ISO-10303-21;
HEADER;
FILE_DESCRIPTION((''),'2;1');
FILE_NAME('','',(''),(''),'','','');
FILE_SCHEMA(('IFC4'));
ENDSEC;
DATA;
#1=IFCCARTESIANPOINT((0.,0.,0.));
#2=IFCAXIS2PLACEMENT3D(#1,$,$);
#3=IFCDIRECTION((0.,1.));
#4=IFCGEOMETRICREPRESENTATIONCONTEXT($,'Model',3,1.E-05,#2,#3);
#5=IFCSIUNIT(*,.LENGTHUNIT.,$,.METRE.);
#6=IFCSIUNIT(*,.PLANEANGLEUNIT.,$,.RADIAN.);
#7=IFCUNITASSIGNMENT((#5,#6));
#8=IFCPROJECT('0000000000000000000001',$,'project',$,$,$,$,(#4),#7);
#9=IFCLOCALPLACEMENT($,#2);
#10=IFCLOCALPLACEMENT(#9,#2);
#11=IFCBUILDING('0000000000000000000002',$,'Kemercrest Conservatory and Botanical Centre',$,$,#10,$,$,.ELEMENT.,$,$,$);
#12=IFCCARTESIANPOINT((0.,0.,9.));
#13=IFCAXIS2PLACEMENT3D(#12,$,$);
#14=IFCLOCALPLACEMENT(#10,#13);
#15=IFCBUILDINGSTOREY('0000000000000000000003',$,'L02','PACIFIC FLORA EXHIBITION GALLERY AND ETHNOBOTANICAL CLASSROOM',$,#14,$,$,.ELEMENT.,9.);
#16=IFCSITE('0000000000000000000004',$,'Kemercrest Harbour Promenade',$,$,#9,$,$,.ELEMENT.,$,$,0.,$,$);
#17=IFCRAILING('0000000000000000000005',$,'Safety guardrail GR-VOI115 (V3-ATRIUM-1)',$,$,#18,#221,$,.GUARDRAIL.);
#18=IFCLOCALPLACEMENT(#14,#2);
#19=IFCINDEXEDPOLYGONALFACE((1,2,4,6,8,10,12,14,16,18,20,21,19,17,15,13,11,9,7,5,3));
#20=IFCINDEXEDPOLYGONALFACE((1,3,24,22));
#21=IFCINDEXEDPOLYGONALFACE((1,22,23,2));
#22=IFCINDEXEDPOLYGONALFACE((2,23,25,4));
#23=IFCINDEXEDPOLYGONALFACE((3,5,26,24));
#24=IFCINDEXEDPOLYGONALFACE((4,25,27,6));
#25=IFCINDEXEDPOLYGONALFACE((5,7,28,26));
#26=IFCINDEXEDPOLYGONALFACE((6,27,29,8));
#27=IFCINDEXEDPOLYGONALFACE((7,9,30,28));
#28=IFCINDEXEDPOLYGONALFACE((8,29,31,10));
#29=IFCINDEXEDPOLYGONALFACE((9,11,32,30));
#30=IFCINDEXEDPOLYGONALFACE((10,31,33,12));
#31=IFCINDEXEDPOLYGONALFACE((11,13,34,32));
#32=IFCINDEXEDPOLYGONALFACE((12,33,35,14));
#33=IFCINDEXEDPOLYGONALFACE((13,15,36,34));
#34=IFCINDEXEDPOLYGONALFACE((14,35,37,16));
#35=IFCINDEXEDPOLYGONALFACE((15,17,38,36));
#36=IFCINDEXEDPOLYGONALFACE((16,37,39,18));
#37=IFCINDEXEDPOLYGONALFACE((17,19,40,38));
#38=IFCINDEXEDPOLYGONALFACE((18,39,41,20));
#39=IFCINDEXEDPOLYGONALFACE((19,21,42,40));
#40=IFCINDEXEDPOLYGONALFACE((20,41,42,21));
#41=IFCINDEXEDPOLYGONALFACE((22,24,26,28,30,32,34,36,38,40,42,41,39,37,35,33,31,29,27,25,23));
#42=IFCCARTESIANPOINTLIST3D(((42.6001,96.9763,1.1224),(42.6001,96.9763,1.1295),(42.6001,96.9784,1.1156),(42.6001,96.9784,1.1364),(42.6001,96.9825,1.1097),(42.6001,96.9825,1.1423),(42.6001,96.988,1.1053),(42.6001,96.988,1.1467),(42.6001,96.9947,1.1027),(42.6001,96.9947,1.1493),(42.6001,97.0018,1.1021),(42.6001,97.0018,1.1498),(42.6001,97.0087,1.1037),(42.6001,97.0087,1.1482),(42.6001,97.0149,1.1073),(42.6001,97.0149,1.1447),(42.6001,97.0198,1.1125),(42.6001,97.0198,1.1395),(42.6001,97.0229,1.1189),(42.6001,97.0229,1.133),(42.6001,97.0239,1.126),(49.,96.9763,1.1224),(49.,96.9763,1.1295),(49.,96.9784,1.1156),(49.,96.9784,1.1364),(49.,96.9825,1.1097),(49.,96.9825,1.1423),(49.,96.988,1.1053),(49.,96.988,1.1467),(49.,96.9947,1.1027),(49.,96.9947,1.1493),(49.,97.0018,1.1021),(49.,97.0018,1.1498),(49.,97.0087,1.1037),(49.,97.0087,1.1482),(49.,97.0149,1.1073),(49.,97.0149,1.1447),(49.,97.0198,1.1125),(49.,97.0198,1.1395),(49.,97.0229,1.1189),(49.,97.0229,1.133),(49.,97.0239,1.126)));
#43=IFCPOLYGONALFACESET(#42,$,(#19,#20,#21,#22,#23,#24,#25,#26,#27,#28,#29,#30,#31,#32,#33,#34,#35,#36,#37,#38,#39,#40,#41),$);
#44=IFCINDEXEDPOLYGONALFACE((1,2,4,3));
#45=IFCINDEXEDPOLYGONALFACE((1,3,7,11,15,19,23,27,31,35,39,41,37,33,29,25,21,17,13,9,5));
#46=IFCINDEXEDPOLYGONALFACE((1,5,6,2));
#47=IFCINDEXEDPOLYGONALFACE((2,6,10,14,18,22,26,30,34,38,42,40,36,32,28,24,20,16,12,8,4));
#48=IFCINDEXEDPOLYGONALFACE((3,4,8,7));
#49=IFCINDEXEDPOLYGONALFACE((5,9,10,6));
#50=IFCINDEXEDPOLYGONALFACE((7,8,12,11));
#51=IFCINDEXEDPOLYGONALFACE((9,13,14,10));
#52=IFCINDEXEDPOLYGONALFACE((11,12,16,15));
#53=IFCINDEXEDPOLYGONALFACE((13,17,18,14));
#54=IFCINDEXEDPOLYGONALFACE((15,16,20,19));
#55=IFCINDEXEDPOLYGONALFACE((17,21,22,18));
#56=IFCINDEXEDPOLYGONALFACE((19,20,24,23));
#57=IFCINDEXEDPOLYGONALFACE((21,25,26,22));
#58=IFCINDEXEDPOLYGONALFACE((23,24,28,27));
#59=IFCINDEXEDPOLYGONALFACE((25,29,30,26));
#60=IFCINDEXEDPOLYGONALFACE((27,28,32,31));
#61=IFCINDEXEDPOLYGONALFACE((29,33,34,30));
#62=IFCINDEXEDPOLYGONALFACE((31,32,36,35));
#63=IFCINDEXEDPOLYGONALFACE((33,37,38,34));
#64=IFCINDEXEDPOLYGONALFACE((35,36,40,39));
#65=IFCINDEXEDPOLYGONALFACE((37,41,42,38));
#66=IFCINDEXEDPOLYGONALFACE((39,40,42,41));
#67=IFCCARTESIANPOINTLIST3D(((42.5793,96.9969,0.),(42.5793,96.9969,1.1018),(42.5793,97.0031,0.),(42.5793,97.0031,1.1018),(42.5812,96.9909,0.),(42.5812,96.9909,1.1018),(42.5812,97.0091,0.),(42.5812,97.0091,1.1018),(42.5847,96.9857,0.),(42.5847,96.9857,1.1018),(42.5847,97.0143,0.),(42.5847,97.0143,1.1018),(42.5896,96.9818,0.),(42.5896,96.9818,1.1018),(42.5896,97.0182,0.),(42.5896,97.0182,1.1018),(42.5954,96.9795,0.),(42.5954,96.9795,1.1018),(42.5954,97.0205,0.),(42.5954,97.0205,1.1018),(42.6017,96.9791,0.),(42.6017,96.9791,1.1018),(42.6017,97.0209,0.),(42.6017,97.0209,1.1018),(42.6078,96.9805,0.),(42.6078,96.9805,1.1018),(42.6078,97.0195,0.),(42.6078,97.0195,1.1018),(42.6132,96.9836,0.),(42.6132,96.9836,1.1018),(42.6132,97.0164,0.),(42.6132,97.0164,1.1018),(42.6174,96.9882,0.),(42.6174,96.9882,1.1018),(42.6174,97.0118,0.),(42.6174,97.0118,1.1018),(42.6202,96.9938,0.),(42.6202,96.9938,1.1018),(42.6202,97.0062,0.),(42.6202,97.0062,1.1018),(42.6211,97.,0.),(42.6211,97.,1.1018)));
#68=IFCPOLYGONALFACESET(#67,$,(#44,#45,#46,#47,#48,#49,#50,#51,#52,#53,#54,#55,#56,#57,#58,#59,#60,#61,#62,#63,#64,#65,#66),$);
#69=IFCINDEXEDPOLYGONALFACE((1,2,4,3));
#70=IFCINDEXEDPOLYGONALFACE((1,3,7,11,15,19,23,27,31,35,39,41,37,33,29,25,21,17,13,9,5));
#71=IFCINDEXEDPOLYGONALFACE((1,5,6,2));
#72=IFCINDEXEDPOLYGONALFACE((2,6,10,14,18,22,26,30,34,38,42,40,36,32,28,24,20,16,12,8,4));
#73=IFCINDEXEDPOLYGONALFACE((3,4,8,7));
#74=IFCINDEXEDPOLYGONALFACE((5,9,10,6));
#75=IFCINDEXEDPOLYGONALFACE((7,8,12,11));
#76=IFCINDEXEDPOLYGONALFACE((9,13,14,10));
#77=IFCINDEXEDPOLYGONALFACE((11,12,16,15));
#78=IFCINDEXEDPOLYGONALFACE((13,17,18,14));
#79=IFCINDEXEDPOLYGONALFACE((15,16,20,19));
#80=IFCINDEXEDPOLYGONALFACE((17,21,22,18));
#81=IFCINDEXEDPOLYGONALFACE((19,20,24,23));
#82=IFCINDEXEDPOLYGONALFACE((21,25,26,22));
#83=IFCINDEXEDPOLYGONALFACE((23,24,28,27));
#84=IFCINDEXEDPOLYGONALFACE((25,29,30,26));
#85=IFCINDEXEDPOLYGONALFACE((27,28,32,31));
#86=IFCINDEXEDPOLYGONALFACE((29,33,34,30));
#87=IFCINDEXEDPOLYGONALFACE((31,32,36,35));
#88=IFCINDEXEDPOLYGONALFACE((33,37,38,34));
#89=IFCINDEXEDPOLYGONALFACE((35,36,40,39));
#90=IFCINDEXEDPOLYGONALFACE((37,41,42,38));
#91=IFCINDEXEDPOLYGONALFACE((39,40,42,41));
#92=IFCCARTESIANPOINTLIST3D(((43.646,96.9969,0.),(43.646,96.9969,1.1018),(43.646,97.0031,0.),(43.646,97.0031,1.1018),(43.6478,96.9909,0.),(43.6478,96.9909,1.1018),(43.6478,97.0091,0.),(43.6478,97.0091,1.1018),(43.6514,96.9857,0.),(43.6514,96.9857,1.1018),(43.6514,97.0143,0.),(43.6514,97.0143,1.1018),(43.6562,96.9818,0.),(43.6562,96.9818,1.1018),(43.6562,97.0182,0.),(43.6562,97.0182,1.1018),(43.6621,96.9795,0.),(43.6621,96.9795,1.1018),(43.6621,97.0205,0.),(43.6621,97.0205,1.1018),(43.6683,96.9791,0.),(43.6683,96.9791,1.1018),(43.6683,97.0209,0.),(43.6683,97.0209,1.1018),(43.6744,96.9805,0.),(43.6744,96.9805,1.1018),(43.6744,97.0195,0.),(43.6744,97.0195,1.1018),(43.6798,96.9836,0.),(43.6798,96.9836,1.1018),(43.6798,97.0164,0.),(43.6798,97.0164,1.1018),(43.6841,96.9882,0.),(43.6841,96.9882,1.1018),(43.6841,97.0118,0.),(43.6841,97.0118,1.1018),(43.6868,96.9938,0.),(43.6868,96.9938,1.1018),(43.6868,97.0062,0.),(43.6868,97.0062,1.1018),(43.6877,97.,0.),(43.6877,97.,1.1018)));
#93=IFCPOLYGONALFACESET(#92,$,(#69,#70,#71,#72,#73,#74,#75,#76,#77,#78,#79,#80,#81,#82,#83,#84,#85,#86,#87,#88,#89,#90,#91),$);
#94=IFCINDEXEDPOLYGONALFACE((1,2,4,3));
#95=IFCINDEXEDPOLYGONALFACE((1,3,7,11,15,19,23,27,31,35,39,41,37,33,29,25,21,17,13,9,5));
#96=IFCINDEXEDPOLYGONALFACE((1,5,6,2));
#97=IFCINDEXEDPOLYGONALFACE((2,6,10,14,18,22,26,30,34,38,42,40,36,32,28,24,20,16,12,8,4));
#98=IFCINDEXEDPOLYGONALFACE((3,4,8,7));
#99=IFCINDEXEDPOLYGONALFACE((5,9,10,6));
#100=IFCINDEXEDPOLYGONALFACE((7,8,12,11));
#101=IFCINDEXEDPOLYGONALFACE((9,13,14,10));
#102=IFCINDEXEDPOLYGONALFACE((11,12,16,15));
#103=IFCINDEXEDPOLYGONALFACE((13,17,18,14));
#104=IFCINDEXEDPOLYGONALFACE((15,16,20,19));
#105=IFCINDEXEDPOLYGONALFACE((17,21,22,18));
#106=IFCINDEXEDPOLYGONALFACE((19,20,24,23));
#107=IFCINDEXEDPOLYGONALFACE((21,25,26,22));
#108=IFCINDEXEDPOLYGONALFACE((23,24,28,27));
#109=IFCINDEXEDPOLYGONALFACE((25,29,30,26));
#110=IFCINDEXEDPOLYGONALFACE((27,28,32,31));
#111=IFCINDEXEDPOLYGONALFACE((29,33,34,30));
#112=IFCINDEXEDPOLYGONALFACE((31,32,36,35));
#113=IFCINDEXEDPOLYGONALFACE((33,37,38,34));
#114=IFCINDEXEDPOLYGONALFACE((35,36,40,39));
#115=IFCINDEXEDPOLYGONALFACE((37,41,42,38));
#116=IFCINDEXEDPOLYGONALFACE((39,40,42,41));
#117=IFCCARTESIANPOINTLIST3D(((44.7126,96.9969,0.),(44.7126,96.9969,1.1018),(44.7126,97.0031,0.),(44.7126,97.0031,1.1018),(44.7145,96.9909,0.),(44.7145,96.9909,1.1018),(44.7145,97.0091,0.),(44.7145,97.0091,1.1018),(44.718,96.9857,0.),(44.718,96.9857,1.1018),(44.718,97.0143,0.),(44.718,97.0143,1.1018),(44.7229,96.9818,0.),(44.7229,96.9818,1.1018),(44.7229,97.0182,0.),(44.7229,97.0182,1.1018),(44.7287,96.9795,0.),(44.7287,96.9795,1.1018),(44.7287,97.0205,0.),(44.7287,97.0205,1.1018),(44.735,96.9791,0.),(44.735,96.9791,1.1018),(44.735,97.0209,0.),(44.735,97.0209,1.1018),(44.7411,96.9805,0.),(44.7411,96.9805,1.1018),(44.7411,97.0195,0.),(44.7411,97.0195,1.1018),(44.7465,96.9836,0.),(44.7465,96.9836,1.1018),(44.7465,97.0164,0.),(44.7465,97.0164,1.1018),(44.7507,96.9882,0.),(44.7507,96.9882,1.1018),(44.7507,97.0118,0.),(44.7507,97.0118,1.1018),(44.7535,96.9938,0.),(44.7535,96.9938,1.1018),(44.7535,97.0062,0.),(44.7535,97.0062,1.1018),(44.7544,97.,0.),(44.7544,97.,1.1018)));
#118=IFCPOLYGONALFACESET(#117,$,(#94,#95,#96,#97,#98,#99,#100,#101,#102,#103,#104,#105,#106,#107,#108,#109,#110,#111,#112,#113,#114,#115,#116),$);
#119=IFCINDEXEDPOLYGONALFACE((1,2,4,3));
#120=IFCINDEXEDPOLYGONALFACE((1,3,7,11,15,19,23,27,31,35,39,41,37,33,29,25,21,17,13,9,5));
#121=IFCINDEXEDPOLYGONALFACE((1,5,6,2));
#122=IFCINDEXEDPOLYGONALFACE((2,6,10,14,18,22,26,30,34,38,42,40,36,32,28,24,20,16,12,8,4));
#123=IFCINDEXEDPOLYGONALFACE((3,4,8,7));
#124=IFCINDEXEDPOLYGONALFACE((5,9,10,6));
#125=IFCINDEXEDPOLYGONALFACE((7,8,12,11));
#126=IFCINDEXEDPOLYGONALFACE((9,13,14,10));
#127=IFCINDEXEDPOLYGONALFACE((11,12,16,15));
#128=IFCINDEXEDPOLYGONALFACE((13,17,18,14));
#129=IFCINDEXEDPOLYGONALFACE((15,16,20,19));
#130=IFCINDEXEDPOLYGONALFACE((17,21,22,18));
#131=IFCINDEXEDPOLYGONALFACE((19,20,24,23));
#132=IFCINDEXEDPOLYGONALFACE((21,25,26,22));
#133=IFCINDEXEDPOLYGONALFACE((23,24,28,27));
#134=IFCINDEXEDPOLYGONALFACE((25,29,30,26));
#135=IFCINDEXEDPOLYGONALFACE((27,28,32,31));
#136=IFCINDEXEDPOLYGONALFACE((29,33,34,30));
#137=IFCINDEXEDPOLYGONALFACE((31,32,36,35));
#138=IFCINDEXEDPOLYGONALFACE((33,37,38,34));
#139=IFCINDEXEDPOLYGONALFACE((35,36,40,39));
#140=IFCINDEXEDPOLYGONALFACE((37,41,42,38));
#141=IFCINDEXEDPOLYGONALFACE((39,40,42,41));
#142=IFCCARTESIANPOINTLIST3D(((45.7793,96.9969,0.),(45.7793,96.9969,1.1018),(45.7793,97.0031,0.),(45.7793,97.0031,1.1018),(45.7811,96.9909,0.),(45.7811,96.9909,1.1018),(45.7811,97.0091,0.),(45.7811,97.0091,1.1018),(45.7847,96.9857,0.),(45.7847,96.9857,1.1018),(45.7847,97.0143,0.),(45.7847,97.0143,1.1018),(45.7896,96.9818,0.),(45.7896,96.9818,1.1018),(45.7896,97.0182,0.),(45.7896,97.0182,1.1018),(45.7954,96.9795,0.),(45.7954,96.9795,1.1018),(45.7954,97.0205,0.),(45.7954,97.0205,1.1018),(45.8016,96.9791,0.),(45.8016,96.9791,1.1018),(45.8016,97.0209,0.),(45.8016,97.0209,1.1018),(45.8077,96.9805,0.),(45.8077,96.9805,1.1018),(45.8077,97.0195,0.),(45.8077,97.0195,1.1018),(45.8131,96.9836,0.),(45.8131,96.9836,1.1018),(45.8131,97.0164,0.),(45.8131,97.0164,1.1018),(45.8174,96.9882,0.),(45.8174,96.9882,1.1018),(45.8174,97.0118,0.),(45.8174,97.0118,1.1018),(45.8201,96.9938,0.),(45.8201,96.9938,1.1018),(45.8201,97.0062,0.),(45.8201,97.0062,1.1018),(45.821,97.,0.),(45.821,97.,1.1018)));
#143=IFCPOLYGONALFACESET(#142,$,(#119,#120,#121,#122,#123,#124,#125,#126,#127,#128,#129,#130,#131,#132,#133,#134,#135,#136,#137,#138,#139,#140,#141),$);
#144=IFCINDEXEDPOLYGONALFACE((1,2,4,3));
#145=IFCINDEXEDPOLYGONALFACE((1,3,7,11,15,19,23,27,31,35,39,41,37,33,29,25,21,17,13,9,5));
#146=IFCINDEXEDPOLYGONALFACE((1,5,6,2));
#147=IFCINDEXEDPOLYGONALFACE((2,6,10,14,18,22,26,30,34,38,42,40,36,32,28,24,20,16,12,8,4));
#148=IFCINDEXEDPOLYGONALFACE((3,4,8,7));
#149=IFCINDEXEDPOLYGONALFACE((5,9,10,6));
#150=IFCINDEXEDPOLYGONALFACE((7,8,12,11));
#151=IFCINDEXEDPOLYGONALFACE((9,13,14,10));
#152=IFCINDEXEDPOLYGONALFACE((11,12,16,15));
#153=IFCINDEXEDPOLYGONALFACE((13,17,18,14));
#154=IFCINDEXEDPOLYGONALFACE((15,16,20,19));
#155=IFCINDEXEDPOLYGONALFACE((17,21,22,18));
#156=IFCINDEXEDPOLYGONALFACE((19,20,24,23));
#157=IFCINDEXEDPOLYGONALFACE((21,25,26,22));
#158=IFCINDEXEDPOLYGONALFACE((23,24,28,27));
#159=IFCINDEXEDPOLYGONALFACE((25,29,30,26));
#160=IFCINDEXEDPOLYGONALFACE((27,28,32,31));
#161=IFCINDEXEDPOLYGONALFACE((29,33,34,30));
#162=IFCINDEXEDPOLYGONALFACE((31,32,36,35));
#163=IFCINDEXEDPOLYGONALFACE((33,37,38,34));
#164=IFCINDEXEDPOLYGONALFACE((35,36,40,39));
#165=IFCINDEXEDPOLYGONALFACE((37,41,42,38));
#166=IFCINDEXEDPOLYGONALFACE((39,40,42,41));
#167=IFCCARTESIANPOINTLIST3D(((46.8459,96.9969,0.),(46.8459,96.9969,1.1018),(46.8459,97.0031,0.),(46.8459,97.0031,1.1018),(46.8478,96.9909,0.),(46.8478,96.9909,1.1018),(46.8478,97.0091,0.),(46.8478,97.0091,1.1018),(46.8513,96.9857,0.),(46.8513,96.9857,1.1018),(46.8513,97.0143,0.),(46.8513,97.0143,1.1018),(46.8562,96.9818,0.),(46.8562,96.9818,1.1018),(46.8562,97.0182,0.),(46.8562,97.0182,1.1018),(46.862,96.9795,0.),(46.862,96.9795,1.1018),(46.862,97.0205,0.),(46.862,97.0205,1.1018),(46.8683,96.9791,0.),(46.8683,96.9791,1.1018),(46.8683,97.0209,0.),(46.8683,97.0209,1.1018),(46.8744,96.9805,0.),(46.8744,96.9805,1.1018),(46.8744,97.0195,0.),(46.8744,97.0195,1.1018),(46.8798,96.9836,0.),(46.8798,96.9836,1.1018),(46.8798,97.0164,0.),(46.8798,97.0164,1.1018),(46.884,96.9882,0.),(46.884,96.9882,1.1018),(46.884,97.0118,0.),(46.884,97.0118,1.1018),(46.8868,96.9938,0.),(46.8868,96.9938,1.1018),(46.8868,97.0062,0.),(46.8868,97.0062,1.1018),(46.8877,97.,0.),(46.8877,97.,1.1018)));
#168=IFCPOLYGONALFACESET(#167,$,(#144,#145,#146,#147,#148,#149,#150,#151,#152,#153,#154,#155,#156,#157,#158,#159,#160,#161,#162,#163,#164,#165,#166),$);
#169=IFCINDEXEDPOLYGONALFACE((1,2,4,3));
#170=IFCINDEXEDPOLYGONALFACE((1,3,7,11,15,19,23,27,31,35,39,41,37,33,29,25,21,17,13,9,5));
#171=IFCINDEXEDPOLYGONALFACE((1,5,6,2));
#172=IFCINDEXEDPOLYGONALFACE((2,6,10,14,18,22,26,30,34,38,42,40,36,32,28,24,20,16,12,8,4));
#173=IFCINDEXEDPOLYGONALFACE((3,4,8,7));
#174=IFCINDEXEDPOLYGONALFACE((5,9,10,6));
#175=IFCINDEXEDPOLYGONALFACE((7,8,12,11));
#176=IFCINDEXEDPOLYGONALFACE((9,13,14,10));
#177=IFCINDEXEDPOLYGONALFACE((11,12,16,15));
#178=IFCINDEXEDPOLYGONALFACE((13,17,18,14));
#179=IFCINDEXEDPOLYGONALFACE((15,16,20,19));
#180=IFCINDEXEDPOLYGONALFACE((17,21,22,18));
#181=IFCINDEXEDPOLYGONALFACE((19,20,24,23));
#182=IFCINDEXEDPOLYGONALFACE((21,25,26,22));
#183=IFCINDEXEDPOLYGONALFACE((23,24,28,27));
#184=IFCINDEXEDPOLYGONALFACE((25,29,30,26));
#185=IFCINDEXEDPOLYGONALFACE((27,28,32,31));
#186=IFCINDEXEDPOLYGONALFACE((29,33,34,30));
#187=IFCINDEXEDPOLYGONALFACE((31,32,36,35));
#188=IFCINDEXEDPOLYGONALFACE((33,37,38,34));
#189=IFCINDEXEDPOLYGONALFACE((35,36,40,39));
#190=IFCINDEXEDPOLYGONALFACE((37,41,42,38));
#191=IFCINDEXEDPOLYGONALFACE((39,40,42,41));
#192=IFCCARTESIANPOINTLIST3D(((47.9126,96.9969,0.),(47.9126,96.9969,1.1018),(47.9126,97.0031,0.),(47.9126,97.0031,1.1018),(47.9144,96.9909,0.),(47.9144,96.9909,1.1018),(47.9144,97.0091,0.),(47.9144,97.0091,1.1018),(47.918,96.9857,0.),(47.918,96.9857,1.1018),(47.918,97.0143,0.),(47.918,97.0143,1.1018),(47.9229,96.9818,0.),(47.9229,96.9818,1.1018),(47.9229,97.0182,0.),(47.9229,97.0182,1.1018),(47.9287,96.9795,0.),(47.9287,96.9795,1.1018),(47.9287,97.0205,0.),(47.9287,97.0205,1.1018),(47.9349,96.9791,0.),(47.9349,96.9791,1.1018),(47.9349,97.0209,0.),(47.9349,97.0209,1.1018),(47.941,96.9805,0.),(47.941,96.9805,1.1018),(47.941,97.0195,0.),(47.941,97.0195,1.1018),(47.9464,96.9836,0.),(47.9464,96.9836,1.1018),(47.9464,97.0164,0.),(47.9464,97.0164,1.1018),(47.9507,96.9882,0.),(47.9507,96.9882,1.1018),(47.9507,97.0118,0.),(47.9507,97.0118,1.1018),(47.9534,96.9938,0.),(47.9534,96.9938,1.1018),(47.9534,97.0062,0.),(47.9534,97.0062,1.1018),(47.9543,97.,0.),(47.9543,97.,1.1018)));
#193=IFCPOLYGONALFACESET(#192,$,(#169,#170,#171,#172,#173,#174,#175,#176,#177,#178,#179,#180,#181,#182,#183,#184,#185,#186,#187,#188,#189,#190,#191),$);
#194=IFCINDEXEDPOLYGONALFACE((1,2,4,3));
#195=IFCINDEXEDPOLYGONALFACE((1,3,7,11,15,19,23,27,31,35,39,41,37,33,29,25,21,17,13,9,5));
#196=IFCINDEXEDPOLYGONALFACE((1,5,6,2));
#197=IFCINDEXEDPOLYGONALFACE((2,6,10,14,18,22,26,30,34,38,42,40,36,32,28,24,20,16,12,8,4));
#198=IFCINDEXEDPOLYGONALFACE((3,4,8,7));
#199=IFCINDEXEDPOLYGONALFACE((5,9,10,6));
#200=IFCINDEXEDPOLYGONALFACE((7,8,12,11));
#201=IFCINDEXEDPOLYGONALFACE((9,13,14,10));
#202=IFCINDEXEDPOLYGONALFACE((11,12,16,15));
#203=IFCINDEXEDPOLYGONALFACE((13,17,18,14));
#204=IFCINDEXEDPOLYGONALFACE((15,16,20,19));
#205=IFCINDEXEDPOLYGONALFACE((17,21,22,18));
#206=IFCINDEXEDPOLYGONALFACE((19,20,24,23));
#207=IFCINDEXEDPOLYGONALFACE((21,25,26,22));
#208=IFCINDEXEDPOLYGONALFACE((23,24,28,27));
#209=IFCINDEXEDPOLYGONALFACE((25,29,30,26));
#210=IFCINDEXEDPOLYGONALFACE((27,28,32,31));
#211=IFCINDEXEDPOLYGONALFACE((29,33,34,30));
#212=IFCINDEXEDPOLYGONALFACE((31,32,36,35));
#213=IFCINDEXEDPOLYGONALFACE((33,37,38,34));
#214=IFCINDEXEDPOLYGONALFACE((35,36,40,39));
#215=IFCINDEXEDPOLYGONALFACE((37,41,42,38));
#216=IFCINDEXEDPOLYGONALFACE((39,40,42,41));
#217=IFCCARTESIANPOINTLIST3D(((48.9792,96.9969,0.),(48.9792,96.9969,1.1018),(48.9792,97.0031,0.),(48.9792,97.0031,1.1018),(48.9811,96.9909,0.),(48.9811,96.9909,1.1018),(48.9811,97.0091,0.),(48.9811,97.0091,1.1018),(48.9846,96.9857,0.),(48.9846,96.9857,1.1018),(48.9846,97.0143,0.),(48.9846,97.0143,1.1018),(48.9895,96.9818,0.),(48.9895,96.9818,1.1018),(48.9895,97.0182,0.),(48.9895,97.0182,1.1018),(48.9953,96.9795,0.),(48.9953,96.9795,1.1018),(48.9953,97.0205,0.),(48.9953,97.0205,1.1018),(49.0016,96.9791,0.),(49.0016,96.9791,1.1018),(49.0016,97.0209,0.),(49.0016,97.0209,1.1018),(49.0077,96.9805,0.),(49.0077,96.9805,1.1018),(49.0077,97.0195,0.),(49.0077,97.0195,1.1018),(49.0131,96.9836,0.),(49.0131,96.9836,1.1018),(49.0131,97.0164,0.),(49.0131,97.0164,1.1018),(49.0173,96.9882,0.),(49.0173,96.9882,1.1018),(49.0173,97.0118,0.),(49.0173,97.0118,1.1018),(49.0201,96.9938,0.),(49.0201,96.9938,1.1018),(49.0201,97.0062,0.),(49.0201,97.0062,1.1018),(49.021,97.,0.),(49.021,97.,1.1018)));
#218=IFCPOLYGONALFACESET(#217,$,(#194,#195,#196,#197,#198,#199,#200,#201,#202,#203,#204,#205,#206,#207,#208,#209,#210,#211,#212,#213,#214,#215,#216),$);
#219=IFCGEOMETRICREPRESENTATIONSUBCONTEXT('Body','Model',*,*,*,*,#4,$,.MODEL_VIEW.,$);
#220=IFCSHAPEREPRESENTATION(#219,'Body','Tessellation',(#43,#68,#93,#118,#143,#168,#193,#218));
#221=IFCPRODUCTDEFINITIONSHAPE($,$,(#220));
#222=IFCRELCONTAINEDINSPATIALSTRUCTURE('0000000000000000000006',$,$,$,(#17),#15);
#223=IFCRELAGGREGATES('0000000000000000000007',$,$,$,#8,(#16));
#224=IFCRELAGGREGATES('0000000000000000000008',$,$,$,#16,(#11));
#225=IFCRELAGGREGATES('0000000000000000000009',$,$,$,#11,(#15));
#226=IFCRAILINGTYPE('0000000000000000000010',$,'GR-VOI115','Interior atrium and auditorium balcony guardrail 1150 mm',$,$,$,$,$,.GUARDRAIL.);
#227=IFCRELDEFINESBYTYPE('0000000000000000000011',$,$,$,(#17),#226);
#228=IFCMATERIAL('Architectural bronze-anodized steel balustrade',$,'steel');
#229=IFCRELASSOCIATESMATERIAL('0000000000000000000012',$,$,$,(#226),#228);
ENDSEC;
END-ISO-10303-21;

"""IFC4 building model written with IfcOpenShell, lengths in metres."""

from ifc_helpers import new_model, si_unit, direction, frame, origin, origin_2d, place, context, subcontext, project, spatial, circle, extrude, material, type_object, element, save


model = new_model("IFC4")

# Units and contexts
model_context = context("Model", 3, precision=1e-05, world=origin(), true_north=direction((0.0, 1.0)))
body_context = subcontext(model_context, "Body", "Model", "MODEL_VIEW")
ifc_project = project(units=[si_unit("LENGTHUNIT", "METRE"), si_unit("PLANEANGLEUNIT", "RADIAN")], contexts=[model_context])

# Site, building, storey
site_placement = place(None, origin())
site = spatial("IfcSite", under=ifc_project, at=site_placement, Name="Kemercrest Harbour Promenade", CompositionType="ELEMENT", RefElevation=0.0)
building_placement = place(site_placement, origin())
building = spatial("IfcBuilding", under=site, at=building_placement, Name="Kemercrest Conservatory and Botanical Centre", CompositionType="ELEMENT")
storey_placement = place(building_placement, frame((0.0, 0.0, 9.0)))
storey = spatial("IfcBuildingStorey", under=building, at=storey_placement, Name="L02", Description="PACIFIC FLORA EXHIBITION GALLERY AND ETHNOBOTANICAL CLASSROOM", CompositionType="ELEMENT", Elevation=9.0)

# Railing
ifc_material_1 = material(Name="Architectural bronze-anodized steel balustrade", Category="steel")
railing_type = type_object("IfcRailingType", Name="GR-VOI115", Description="Interior atrium and auditorium balcony guardrail 1150 mm", PredefinedType="GUARDRAIL", material=ifc_material_1)
railing_1_placement = place(storey_placement, frame((42.6001, 97.0, 0.0)))
element("IfcRailing", 1, at=railing_1_placement, inside=storey, type_object=railing_type, Name="Safety guardrail GR-VOI115 (V3-ATRIUM-1)", PredefinedType="GUARDRAIL", context=body_context, shape_type="SweptSolid", body=[
    extrude(circle(Radius=0.0239, at=origin_2d()), frame((0.0, 0.0, 1.126), z_axis=(1.0, 0.0, 0.0), x_axis=(0.0, 1.0, 0.0)), (0.0, 0.0, 1.0), 6.3999),
    extrude(circle(Radius=0.021, at=origin_2d()), origin(), (0.0, 0.0, 1.0), 1.1018),
    extrude(circle(Radius=0.021, at=origin_2d()), frame((1.0667, 0.0, 0.0)), (0.0, 0.0, 1.0), 1.1018),
    extrude(circle(Radius=0.021, at=origin_2d()), frame((2.1333, 0.0, 0.0)), (0.0, 0.0, 1.0), 1.1018),
    extrude(circle(Radius=0.021, at=origin_2d()), frame((3.2, 0.0, 0.0)), (0.0, 0.0, 1.0), 1.1018),
    extrude(circle(Radius=0.021, at=origin_2d()), frame((4.2666, 0.0, 0.0)), (0.0, 0.0, 1.0), 1.1018),
    extrude(circle(Radius=0.021, at=origin_2d()), frame((5.3333, 0.0, 0.0)), (0.0, 0.0, 1.0), 1.1018),
    extrude(circle(Radius=0.021, at=origin_2d()), frame((6.3999, 0.0, 0.0)), (0.0, 0.0, 1.0), 1.1018),
])

save(model, "model.ifc")
